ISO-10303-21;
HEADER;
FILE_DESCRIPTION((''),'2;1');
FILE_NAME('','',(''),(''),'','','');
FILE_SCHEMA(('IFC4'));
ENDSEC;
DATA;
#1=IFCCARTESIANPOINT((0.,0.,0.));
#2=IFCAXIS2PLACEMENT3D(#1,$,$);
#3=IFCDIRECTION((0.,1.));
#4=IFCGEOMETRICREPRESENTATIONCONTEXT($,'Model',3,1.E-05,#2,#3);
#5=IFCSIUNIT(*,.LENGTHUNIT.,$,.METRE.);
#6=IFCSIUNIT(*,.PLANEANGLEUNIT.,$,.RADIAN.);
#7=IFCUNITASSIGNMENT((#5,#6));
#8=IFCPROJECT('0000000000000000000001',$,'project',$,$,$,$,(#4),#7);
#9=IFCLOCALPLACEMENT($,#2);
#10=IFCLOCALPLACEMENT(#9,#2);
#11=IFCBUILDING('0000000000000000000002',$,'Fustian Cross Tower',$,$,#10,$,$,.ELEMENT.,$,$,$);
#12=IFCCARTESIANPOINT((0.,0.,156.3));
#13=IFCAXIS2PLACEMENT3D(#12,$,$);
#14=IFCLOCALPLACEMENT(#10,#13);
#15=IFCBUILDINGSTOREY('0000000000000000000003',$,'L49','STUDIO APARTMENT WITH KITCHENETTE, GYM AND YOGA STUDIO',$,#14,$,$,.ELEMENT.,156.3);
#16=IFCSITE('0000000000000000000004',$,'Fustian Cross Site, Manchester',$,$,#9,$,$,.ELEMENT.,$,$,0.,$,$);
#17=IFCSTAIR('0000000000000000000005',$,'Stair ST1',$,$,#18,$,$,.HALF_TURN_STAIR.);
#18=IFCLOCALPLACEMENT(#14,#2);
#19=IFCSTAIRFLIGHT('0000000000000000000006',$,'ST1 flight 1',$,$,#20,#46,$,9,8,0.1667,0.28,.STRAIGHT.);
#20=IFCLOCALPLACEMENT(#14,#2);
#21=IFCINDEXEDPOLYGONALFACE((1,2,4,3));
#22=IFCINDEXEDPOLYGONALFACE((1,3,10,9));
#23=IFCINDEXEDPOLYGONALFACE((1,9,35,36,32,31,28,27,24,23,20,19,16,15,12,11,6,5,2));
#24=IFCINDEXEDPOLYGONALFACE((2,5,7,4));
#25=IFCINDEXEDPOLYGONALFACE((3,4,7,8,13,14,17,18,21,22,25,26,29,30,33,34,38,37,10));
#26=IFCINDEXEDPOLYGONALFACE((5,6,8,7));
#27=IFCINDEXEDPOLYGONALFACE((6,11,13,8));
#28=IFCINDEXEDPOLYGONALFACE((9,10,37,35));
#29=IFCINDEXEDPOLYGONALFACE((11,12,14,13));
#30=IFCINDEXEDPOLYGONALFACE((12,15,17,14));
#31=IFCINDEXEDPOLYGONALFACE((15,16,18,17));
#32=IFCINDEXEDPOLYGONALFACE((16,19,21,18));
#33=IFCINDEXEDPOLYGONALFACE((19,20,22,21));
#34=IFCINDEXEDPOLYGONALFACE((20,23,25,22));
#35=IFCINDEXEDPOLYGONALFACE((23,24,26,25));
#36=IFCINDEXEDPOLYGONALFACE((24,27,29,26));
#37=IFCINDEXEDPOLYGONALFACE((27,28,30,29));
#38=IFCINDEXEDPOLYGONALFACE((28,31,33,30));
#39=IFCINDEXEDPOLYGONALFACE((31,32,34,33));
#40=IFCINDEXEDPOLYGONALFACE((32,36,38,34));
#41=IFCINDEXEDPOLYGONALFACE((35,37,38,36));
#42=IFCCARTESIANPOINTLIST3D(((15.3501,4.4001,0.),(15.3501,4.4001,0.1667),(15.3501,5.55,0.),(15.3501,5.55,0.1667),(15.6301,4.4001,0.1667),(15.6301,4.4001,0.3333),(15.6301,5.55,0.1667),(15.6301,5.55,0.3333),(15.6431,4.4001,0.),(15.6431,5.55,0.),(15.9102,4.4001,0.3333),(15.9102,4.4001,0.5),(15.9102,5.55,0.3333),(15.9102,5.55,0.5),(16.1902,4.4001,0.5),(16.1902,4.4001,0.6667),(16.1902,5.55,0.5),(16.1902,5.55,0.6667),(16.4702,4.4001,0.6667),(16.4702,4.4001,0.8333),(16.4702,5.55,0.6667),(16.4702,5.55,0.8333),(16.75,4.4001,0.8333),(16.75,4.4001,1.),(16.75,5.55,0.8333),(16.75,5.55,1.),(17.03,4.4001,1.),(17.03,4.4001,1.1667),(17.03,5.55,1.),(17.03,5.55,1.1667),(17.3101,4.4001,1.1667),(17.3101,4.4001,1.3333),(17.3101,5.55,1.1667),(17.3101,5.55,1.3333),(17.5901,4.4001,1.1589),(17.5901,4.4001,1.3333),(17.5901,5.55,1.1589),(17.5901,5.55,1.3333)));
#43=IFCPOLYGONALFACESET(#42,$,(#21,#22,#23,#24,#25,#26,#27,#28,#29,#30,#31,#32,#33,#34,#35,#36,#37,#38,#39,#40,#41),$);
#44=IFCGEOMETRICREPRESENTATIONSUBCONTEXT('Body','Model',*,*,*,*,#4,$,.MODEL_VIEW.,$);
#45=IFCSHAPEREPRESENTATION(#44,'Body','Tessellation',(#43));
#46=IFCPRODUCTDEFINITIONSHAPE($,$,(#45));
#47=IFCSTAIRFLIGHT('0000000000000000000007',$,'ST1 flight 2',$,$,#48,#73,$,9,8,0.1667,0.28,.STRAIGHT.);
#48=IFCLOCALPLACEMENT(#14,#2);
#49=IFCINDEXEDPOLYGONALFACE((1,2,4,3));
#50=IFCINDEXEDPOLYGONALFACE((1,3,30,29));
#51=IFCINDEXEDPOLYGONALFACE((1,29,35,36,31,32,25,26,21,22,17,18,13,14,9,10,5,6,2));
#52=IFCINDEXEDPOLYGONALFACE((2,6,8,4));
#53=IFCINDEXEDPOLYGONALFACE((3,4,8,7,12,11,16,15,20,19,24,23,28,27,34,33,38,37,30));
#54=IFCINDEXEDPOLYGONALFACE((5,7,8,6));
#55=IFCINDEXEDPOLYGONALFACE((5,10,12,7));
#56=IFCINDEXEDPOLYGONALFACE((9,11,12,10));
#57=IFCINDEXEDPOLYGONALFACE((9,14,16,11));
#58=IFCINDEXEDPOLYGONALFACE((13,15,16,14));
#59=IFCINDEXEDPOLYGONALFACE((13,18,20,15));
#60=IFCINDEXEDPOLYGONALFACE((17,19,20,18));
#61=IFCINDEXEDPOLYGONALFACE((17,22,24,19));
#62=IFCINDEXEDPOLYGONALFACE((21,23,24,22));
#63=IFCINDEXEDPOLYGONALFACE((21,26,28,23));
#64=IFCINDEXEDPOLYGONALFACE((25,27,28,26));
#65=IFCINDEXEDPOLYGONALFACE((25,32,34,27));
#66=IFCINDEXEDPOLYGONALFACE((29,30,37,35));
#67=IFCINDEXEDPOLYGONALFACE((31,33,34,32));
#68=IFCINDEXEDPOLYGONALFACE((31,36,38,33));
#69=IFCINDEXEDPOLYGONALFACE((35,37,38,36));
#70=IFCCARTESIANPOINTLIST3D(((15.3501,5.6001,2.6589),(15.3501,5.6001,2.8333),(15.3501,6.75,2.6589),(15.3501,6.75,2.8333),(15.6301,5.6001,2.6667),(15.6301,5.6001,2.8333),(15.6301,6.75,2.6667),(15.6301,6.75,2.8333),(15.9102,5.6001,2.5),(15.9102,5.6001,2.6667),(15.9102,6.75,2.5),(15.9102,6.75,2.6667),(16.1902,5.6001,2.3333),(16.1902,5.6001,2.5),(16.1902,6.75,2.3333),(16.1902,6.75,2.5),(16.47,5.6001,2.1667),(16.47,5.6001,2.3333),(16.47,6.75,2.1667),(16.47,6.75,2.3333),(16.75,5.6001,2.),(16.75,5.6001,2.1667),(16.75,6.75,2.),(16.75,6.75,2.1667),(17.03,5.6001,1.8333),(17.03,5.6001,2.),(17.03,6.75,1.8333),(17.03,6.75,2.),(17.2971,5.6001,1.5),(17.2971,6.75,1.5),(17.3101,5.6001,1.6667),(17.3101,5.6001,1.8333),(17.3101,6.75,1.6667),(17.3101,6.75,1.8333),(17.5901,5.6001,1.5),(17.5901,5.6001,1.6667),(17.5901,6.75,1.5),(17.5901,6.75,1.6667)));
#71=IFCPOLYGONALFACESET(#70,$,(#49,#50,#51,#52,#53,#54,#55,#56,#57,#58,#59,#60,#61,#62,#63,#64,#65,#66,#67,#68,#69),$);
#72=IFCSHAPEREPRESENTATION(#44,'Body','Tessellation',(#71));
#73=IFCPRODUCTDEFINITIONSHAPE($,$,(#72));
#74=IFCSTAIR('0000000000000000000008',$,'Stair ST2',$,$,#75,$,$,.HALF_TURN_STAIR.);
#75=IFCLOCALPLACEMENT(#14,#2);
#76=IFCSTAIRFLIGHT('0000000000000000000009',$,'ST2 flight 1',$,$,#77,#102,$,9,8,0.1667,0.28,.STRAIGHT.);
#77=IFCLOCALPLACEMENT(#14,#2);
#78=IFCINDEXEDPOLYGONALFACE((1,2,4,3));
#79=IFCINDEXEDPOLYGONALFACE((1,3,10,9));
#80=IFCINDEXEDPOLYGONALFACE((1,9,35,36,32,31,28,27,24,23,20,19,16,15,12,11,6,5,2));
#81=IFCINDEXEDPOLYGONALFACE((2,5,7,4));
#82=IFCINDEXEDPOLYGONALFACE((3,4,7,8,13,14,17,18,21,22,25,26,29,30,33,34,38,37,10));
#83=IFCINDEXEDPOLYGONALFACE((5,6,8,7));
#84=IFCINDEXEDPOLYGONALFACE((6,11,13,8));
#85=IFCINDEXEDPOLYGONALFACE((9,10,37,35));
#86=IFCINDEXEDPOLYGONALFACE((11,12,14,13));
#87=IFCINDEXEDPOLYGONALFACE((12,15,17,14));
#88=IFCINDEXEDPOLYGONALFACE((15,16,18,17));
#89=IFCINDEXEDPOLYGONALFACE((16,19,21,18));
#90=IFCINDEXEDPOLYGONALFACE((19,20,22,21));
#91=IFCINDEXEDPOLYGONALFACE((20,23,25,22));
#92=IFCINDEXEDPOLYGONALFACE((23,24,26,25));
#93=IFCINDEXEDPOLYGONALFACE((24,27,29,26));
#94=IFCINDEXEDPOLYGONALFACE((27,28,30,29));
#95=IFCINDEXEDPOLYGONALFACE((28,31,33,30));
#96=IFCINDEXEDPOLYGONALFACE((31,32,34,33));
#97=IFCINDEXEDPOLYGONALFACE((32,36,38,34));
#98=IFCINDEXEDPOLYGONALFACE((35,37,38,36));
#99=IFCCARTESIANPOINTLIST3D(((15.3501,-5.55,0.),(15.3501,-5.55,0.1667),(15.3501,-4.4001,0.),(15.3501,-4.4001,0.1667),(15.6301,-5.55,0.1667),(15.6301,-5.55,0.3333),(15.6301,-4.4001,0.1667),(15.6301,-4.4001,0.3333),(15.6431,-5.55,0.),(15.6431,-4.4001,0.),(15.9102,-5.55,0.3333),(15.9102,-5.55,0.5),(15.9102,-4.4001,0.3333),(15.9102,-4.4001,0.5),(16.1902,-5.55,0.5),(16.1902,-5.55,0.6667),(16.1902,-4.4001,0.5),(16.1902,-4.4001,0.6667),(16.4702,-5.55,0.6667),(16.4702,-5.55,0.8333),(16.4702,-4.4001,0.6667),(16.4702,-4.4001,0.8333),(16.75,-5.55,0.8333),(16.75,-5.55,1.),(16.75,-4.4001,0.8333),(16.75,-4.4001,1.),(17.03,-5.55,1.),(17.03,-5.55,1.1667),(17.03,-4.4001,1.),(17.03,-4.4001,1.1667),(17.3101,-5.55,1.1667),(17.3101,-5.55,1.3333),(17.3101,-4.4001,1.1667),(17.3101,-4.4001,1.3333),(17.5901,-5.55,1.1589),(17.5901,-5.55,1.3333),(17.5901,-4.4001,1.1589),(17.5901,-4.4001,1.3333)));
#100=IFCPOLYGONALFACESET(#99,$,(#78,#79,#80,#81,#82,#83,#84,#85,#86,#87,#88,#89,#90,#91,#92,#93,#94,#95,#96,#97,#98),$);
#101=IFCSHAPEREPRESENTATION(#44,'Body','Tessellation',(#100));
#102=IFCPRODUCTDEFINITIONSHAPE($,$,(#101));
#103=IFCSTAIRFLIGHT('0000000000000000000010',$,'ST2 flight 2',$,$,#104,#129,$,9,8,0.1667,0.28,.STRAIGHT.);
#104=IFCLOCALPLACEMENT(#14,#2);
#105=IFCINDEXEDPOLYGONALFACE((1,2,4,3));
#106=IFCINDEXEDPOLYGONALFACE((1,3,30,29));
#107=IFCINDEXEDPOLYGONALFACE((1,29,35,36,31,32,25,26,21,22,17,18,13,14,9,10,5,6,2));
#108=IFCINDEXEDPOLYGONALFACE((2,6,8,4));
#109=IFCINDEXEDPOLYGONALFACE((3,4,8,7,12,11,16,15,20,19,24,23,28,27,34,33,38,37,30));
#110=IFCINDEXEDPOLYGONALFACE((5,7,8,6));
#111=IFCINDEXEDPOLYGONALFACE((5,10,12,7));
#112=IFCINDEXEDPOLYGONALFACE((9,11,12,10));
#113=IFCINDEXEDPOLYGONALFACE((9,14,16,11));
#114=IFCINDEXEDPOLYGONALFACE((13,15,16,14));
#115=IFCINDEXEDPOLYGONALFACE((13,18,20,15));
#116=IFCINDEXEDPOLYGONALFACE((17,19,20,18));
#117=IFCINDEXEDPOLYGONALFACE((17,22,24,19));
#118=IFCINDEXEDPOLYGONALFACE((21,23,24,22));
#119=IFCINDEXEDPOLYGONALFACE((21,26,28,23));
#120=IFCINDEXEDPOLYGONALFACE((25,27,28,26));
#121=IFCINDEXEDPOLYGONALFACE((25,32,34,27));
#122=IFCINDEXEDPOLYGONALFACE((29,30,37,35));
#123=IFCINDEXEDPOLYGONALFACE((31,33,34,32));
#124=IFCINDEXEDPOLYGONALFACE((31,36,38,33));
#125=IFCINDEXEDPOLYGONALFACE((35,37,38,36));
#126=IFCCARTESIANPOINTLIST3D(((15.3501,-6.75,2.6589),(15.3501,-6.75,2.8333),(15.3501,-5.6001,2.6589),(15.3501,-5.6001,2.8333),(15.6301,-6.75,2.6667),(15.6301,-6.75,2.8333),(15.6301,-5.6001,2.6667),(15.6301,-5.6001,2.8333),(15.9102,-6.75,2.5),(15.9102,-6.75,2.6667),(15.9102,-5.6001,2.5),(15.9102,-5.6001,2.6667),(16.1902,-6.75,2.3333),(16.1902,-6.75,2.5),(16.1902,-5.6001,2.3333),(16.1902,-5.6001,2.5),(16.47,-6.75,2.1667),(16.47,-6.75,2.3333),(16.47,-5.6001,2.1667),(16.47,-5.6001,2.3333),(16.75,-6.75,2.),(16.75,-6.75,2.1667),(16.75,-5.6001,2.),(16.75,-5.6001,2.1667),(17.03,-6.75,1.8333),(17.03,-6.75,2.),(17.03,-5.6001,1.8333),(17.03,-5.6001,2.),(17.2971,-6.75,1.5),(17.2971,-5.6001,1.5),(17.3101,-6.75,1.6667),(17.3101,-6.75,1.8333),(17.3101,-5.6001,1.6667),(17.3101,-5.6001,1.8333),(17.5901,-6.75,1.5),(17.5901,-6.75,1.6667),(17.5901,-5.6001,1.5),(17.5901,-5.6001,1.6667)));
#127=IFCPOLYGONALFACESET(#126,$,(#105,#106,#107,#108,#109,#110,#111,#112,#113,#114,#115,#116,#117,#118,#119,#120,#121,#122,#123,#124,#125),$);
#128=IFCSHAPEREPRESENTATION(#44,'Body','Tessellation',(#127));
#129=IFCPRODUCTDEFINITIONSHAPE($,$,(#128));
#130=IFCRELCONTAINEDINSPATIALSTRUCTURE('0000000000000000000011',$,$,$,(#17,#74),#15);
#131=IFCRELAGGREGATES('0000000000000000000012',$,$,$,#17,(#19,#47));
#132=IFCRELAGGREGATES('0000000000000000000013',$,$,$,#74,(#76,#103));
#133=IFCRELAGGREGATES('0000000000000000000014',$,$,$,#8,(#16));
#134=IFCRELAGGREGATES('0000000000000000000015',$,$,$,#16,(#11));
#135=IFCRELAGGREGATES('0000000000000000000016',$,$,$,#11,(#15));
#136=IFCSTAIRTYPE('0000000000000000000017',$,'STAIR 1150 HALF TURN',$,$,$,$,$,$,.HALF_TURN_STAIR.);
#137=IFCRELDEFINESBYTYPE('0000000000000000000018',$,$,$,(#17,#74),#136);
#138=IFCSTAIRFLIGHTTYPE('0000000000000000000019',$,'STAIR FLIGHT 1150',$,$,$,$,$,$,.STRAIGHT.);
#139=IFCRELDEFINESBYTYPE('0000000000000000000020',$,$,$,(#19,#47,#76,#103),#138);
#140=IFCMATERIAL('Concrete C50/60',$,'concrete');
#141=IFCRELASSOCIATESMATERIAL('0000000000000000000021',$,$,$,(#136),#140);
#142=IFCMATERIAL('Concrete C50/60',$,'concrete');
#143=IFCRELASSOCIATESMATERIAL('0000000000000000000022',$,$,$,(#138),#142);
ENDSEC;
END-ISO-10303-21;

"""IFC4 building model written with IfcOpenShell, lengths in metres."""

from ifc_helpers import new_model, si_unit, direction, frame, origin, place, context, subcontext, project, spatial, polyline, outline, extrude, material, type_object, element, aggregate, save


model = new_model("IFC4")

# Units and contexts
model_context = context("Model", 3, precision=1e-05, world=origin(), true_north=direction((0.0, 1.0)))
body_context = subcontext(model_context, "Body", "Model", "MODEL_VIEW")
ifc_project = project(units=[si_unit("LENGTHUNIT", "METRE"), si_unit("PLANEANGLEUNIT", "RADIAN")], contexts=[model_context])

# Site, building, storey
site_placement = place(None, origin())
site = spatial("IfcSite", under=ifc_project, at=site_placement, Name="Fustian Cross Site, Manchester", CompositionType="ELEMENT", RefElevation=0.0)
building_placement = place(site_placement, origin())
building = spatial("IfcBuilding", under=site, at=building_placement, Name="Fustian Cross Tower", CompositionType="ELEMENT")
storey_placement = place(building_placement, frame((0.0, 0.0, 156.3)))
storey = spatial("IfcBuildingStorey", under=building, at=storey_placement, Name="L49", Description="STUDIO APARTMENT WITH KITCHENETTE, GYM AND YOGA STUDIO", CompositionType="ELEMENT", Elevation=156.3)

# Stairs, stair flights
ifc_material_1 = material(Name="Concrete C50/60", Category="concrete")
stair_type = type_object("IfcStairType", Name="STAIR 1150 HALF TURN", PredefinedType="HALF_TURN_STAIR", material=ifc_material_1)
stair_1_placement = place(storey_placement, origin())
stair_1 = element("IfcStair", 1, at=stair_1_placement, inside=storey, type_object=stair_type, Name="Stair ST1", PredefinedType="HALF_TURN_STAIR")
ifc_material_2 = material(Name="Concrete C50/60", Category="concrete")
stair_flight_type = type_object("IfcStairFlightType", Name="STAIR FLIGHT 1150", PredefinedType="STRAIGHT", material=ifc_material_2)
stair_flight_1_placement = place(storey_placement, frame((15.3501, 4.9751, 0.0), z_axis=(0.0, 0.0, 1.0), x_axis=(1.0, 0.0, 0.0)))
stair_flight_1 = element("IfcStairFlight", 2, at=stair_flight_1_placement, type_object=stair_flight_type, Name="ST1 flight 1", NumberOfRisers=9, NumberOfTreads=8, PredefinedType="STRAIGHT", RiserHeight=0.1667, TreadLength=0.28, context=body_context, shape_type="SweptSolid", body=[
    extrude(outline(polyline([(0.0, 0.0), (0.0, 0.1667), (0.28, 0.1667), (0.28, 0.3333), (0.5601, 0.3333), (0.5601, 0.5), (0.8401, 0.5), (0.8401, 0.6667), (1.1201, 0.6667), (1.1201, 0.8333), (1.3999, 0.8333), (1.3999, 1.0), (1.6799, 1.0), (1.6799, 1.1667), (1.96, 1.1667), (1.96, 1.3333), (2.24, 1.3333), (2.24, 1.5), (2.24, 1.1589), (0.293, 0.0), (0.0, 0.0)])), frame((0.0, 0.575, 0.0), z_axis=(0.0, -1.0, 0.0), x_axis=(1.0, 0.0, 0.0)), (0.0, 0.0, 1.0), 1.1499),
])
stair_flight_2_placement = place(storey_placement, frame((17.5901, 6.175, 1.5), z_axis=(0.0, 0.0, 1.0), x_axis=(-1.0, 0.0, 0.0)))
stair_flight_2 = element("IfcStairFlight", 3, at=stair_flight_2_placement, type_object=stair_flight_type, Name="ST1 flight 2", NumberOfRisers=9, NumberOfTreads=8, PredefinedType="STRAIGHT", RiserHeight=0.1667, TreadLength=0.28, context=body_context, shape_type="SweptSolid", body=[
    extrude(outline(polyline([(0.0, 0.0), (0.0, 0.1667), (0.28, 0.1667), (0.28, 0.3333), (0.5601, 0.3333), (0.5601, 0.5), (0.8401, 0.5), (0.8401, 0.6667), (1.1201, 0.6667), (1.1201, 0.8333), (1.3999, 0.8333), (1.3999, 1.0), (1.6799, 1.0), (1.6799, 1.1667), (1.96, 1.1667), (1.96, 1.3333), (2.24, 1.3333), (2.24, 1.5), (2.24, 1.1589), (0.293, 0.0), (0.0, 0.0)])), frame((0.0, 0.575, 0.0), z_axis=(0.0, -1.0, 0.0), x_axis=(1.0, 0.0, 0.0)), (0.0, 0.0, 1.0), 1.1499),
])
aggregate(stair_1, [stair_flight_1, stair_flight_2])
stair_2_placement = place(storey_placement, origin())
stair_2 = element("IfcStair", 4, at=stair_2_placement, inside=storey, type_object=stair_type, Name="Stair ST2", PredefinedType="HALF_TURN_STAIR")
stair_flight_3_placement = place(storey_placement, frame((15.3501, -4.9751, 0.0), z_axis=(0.0, 0.0, 1.0), x_axis=(1.0, 0.0, 0.0)))
stair_flight_3 = element("IfcStairFlight", 5, at=stair_flight_3_placement, type_object=stair_flight_type, Name="ST2 flight 1", NumberOfRisers=9, NumberOfTreads=8, PredefinedType="STRAIGHT", RiserHeight=0.1667, TreadLength=0.28, context=body_context, shape_type="SweptSolid", body=[
    extrude(outline(polyline([(0.0, 0.0), (0.0, 0.1667), (0.28, 0.1667), (0.28, 0.3333), (0.5601, 0.3333), (0.5601, 0.5), (0.8401, 0.5), (0.8401, 0.6667), (1.1201, 0.6667), (1.1201, 0.8333), (1.3999, 0.8333), (1.3999, 1.0), (1.6799, 1.0), (1.6799, 1.1667), (1.96, 1.1667), (1.96, 1.3333), (2.24, 1.3333), (2.24, 1.5), (2.24, 1.1589), (0.293, 0.0), (0.0, 0.0)])), frame((0.0, 0.575, 0.0), z_axis=(0.0, -1.0, 0.0), x_axis=(1.0, 0.0, 0.0)), (0.0, 0.0, 1.0), 1.1499),
])
stair_flight_4_placement = place(storey_placement, frame((17.5901, -6.175, 1.5), z_axis=(0.0, 0.0, 1.0), x_axis=(-1.0, 0.0, 0.0)))
stair_flight_4 = element("IfcStairFlight", 6, at=stair_flight_4_placement, type_object=stair_flight_type, Name="ST2 flight 2", NumberOfRisers=9, NumberOfTreads=8, PredefinedType="STRAIGHT", RiserHeight=0.1667, TreadLength=0.28, context=body_context, shape_type="SweptSolid", body=[
    extrude(outline(polyline([(0.0, 0.0), (0.0, 0.1667), (0.28, 0.1667), (0.28, 0.3333), (0.5601, 0.3333), (0.5601, 0.5), (0.8401, 0.5), (0.8401, 0.6667), (1.1201, 0.6667), (1.1201, 0.8333), (1.3999, 0.8333), (1.3999, 1.0), (1.6799, 1.0), (1.6799, 1.1667), (1.96, 1.1667), (1.96, 1.3333), (2.24, 1.3333), (2.24, 1.5), (2.24, 1.1589), (0.293, 0.0), (0.0, 0.0)])), frame((0.0, 0.575, 0.0), z_axis=(0.0, -1.0, 0.0), x_axis=(1.0, 0.0, 0.0)), (0.0, 0.0, 1.0), 1.1499),
])
aggregate(stair_2, [stair_flight_3, stair_flight_4])

save(model, "model.ifc")
